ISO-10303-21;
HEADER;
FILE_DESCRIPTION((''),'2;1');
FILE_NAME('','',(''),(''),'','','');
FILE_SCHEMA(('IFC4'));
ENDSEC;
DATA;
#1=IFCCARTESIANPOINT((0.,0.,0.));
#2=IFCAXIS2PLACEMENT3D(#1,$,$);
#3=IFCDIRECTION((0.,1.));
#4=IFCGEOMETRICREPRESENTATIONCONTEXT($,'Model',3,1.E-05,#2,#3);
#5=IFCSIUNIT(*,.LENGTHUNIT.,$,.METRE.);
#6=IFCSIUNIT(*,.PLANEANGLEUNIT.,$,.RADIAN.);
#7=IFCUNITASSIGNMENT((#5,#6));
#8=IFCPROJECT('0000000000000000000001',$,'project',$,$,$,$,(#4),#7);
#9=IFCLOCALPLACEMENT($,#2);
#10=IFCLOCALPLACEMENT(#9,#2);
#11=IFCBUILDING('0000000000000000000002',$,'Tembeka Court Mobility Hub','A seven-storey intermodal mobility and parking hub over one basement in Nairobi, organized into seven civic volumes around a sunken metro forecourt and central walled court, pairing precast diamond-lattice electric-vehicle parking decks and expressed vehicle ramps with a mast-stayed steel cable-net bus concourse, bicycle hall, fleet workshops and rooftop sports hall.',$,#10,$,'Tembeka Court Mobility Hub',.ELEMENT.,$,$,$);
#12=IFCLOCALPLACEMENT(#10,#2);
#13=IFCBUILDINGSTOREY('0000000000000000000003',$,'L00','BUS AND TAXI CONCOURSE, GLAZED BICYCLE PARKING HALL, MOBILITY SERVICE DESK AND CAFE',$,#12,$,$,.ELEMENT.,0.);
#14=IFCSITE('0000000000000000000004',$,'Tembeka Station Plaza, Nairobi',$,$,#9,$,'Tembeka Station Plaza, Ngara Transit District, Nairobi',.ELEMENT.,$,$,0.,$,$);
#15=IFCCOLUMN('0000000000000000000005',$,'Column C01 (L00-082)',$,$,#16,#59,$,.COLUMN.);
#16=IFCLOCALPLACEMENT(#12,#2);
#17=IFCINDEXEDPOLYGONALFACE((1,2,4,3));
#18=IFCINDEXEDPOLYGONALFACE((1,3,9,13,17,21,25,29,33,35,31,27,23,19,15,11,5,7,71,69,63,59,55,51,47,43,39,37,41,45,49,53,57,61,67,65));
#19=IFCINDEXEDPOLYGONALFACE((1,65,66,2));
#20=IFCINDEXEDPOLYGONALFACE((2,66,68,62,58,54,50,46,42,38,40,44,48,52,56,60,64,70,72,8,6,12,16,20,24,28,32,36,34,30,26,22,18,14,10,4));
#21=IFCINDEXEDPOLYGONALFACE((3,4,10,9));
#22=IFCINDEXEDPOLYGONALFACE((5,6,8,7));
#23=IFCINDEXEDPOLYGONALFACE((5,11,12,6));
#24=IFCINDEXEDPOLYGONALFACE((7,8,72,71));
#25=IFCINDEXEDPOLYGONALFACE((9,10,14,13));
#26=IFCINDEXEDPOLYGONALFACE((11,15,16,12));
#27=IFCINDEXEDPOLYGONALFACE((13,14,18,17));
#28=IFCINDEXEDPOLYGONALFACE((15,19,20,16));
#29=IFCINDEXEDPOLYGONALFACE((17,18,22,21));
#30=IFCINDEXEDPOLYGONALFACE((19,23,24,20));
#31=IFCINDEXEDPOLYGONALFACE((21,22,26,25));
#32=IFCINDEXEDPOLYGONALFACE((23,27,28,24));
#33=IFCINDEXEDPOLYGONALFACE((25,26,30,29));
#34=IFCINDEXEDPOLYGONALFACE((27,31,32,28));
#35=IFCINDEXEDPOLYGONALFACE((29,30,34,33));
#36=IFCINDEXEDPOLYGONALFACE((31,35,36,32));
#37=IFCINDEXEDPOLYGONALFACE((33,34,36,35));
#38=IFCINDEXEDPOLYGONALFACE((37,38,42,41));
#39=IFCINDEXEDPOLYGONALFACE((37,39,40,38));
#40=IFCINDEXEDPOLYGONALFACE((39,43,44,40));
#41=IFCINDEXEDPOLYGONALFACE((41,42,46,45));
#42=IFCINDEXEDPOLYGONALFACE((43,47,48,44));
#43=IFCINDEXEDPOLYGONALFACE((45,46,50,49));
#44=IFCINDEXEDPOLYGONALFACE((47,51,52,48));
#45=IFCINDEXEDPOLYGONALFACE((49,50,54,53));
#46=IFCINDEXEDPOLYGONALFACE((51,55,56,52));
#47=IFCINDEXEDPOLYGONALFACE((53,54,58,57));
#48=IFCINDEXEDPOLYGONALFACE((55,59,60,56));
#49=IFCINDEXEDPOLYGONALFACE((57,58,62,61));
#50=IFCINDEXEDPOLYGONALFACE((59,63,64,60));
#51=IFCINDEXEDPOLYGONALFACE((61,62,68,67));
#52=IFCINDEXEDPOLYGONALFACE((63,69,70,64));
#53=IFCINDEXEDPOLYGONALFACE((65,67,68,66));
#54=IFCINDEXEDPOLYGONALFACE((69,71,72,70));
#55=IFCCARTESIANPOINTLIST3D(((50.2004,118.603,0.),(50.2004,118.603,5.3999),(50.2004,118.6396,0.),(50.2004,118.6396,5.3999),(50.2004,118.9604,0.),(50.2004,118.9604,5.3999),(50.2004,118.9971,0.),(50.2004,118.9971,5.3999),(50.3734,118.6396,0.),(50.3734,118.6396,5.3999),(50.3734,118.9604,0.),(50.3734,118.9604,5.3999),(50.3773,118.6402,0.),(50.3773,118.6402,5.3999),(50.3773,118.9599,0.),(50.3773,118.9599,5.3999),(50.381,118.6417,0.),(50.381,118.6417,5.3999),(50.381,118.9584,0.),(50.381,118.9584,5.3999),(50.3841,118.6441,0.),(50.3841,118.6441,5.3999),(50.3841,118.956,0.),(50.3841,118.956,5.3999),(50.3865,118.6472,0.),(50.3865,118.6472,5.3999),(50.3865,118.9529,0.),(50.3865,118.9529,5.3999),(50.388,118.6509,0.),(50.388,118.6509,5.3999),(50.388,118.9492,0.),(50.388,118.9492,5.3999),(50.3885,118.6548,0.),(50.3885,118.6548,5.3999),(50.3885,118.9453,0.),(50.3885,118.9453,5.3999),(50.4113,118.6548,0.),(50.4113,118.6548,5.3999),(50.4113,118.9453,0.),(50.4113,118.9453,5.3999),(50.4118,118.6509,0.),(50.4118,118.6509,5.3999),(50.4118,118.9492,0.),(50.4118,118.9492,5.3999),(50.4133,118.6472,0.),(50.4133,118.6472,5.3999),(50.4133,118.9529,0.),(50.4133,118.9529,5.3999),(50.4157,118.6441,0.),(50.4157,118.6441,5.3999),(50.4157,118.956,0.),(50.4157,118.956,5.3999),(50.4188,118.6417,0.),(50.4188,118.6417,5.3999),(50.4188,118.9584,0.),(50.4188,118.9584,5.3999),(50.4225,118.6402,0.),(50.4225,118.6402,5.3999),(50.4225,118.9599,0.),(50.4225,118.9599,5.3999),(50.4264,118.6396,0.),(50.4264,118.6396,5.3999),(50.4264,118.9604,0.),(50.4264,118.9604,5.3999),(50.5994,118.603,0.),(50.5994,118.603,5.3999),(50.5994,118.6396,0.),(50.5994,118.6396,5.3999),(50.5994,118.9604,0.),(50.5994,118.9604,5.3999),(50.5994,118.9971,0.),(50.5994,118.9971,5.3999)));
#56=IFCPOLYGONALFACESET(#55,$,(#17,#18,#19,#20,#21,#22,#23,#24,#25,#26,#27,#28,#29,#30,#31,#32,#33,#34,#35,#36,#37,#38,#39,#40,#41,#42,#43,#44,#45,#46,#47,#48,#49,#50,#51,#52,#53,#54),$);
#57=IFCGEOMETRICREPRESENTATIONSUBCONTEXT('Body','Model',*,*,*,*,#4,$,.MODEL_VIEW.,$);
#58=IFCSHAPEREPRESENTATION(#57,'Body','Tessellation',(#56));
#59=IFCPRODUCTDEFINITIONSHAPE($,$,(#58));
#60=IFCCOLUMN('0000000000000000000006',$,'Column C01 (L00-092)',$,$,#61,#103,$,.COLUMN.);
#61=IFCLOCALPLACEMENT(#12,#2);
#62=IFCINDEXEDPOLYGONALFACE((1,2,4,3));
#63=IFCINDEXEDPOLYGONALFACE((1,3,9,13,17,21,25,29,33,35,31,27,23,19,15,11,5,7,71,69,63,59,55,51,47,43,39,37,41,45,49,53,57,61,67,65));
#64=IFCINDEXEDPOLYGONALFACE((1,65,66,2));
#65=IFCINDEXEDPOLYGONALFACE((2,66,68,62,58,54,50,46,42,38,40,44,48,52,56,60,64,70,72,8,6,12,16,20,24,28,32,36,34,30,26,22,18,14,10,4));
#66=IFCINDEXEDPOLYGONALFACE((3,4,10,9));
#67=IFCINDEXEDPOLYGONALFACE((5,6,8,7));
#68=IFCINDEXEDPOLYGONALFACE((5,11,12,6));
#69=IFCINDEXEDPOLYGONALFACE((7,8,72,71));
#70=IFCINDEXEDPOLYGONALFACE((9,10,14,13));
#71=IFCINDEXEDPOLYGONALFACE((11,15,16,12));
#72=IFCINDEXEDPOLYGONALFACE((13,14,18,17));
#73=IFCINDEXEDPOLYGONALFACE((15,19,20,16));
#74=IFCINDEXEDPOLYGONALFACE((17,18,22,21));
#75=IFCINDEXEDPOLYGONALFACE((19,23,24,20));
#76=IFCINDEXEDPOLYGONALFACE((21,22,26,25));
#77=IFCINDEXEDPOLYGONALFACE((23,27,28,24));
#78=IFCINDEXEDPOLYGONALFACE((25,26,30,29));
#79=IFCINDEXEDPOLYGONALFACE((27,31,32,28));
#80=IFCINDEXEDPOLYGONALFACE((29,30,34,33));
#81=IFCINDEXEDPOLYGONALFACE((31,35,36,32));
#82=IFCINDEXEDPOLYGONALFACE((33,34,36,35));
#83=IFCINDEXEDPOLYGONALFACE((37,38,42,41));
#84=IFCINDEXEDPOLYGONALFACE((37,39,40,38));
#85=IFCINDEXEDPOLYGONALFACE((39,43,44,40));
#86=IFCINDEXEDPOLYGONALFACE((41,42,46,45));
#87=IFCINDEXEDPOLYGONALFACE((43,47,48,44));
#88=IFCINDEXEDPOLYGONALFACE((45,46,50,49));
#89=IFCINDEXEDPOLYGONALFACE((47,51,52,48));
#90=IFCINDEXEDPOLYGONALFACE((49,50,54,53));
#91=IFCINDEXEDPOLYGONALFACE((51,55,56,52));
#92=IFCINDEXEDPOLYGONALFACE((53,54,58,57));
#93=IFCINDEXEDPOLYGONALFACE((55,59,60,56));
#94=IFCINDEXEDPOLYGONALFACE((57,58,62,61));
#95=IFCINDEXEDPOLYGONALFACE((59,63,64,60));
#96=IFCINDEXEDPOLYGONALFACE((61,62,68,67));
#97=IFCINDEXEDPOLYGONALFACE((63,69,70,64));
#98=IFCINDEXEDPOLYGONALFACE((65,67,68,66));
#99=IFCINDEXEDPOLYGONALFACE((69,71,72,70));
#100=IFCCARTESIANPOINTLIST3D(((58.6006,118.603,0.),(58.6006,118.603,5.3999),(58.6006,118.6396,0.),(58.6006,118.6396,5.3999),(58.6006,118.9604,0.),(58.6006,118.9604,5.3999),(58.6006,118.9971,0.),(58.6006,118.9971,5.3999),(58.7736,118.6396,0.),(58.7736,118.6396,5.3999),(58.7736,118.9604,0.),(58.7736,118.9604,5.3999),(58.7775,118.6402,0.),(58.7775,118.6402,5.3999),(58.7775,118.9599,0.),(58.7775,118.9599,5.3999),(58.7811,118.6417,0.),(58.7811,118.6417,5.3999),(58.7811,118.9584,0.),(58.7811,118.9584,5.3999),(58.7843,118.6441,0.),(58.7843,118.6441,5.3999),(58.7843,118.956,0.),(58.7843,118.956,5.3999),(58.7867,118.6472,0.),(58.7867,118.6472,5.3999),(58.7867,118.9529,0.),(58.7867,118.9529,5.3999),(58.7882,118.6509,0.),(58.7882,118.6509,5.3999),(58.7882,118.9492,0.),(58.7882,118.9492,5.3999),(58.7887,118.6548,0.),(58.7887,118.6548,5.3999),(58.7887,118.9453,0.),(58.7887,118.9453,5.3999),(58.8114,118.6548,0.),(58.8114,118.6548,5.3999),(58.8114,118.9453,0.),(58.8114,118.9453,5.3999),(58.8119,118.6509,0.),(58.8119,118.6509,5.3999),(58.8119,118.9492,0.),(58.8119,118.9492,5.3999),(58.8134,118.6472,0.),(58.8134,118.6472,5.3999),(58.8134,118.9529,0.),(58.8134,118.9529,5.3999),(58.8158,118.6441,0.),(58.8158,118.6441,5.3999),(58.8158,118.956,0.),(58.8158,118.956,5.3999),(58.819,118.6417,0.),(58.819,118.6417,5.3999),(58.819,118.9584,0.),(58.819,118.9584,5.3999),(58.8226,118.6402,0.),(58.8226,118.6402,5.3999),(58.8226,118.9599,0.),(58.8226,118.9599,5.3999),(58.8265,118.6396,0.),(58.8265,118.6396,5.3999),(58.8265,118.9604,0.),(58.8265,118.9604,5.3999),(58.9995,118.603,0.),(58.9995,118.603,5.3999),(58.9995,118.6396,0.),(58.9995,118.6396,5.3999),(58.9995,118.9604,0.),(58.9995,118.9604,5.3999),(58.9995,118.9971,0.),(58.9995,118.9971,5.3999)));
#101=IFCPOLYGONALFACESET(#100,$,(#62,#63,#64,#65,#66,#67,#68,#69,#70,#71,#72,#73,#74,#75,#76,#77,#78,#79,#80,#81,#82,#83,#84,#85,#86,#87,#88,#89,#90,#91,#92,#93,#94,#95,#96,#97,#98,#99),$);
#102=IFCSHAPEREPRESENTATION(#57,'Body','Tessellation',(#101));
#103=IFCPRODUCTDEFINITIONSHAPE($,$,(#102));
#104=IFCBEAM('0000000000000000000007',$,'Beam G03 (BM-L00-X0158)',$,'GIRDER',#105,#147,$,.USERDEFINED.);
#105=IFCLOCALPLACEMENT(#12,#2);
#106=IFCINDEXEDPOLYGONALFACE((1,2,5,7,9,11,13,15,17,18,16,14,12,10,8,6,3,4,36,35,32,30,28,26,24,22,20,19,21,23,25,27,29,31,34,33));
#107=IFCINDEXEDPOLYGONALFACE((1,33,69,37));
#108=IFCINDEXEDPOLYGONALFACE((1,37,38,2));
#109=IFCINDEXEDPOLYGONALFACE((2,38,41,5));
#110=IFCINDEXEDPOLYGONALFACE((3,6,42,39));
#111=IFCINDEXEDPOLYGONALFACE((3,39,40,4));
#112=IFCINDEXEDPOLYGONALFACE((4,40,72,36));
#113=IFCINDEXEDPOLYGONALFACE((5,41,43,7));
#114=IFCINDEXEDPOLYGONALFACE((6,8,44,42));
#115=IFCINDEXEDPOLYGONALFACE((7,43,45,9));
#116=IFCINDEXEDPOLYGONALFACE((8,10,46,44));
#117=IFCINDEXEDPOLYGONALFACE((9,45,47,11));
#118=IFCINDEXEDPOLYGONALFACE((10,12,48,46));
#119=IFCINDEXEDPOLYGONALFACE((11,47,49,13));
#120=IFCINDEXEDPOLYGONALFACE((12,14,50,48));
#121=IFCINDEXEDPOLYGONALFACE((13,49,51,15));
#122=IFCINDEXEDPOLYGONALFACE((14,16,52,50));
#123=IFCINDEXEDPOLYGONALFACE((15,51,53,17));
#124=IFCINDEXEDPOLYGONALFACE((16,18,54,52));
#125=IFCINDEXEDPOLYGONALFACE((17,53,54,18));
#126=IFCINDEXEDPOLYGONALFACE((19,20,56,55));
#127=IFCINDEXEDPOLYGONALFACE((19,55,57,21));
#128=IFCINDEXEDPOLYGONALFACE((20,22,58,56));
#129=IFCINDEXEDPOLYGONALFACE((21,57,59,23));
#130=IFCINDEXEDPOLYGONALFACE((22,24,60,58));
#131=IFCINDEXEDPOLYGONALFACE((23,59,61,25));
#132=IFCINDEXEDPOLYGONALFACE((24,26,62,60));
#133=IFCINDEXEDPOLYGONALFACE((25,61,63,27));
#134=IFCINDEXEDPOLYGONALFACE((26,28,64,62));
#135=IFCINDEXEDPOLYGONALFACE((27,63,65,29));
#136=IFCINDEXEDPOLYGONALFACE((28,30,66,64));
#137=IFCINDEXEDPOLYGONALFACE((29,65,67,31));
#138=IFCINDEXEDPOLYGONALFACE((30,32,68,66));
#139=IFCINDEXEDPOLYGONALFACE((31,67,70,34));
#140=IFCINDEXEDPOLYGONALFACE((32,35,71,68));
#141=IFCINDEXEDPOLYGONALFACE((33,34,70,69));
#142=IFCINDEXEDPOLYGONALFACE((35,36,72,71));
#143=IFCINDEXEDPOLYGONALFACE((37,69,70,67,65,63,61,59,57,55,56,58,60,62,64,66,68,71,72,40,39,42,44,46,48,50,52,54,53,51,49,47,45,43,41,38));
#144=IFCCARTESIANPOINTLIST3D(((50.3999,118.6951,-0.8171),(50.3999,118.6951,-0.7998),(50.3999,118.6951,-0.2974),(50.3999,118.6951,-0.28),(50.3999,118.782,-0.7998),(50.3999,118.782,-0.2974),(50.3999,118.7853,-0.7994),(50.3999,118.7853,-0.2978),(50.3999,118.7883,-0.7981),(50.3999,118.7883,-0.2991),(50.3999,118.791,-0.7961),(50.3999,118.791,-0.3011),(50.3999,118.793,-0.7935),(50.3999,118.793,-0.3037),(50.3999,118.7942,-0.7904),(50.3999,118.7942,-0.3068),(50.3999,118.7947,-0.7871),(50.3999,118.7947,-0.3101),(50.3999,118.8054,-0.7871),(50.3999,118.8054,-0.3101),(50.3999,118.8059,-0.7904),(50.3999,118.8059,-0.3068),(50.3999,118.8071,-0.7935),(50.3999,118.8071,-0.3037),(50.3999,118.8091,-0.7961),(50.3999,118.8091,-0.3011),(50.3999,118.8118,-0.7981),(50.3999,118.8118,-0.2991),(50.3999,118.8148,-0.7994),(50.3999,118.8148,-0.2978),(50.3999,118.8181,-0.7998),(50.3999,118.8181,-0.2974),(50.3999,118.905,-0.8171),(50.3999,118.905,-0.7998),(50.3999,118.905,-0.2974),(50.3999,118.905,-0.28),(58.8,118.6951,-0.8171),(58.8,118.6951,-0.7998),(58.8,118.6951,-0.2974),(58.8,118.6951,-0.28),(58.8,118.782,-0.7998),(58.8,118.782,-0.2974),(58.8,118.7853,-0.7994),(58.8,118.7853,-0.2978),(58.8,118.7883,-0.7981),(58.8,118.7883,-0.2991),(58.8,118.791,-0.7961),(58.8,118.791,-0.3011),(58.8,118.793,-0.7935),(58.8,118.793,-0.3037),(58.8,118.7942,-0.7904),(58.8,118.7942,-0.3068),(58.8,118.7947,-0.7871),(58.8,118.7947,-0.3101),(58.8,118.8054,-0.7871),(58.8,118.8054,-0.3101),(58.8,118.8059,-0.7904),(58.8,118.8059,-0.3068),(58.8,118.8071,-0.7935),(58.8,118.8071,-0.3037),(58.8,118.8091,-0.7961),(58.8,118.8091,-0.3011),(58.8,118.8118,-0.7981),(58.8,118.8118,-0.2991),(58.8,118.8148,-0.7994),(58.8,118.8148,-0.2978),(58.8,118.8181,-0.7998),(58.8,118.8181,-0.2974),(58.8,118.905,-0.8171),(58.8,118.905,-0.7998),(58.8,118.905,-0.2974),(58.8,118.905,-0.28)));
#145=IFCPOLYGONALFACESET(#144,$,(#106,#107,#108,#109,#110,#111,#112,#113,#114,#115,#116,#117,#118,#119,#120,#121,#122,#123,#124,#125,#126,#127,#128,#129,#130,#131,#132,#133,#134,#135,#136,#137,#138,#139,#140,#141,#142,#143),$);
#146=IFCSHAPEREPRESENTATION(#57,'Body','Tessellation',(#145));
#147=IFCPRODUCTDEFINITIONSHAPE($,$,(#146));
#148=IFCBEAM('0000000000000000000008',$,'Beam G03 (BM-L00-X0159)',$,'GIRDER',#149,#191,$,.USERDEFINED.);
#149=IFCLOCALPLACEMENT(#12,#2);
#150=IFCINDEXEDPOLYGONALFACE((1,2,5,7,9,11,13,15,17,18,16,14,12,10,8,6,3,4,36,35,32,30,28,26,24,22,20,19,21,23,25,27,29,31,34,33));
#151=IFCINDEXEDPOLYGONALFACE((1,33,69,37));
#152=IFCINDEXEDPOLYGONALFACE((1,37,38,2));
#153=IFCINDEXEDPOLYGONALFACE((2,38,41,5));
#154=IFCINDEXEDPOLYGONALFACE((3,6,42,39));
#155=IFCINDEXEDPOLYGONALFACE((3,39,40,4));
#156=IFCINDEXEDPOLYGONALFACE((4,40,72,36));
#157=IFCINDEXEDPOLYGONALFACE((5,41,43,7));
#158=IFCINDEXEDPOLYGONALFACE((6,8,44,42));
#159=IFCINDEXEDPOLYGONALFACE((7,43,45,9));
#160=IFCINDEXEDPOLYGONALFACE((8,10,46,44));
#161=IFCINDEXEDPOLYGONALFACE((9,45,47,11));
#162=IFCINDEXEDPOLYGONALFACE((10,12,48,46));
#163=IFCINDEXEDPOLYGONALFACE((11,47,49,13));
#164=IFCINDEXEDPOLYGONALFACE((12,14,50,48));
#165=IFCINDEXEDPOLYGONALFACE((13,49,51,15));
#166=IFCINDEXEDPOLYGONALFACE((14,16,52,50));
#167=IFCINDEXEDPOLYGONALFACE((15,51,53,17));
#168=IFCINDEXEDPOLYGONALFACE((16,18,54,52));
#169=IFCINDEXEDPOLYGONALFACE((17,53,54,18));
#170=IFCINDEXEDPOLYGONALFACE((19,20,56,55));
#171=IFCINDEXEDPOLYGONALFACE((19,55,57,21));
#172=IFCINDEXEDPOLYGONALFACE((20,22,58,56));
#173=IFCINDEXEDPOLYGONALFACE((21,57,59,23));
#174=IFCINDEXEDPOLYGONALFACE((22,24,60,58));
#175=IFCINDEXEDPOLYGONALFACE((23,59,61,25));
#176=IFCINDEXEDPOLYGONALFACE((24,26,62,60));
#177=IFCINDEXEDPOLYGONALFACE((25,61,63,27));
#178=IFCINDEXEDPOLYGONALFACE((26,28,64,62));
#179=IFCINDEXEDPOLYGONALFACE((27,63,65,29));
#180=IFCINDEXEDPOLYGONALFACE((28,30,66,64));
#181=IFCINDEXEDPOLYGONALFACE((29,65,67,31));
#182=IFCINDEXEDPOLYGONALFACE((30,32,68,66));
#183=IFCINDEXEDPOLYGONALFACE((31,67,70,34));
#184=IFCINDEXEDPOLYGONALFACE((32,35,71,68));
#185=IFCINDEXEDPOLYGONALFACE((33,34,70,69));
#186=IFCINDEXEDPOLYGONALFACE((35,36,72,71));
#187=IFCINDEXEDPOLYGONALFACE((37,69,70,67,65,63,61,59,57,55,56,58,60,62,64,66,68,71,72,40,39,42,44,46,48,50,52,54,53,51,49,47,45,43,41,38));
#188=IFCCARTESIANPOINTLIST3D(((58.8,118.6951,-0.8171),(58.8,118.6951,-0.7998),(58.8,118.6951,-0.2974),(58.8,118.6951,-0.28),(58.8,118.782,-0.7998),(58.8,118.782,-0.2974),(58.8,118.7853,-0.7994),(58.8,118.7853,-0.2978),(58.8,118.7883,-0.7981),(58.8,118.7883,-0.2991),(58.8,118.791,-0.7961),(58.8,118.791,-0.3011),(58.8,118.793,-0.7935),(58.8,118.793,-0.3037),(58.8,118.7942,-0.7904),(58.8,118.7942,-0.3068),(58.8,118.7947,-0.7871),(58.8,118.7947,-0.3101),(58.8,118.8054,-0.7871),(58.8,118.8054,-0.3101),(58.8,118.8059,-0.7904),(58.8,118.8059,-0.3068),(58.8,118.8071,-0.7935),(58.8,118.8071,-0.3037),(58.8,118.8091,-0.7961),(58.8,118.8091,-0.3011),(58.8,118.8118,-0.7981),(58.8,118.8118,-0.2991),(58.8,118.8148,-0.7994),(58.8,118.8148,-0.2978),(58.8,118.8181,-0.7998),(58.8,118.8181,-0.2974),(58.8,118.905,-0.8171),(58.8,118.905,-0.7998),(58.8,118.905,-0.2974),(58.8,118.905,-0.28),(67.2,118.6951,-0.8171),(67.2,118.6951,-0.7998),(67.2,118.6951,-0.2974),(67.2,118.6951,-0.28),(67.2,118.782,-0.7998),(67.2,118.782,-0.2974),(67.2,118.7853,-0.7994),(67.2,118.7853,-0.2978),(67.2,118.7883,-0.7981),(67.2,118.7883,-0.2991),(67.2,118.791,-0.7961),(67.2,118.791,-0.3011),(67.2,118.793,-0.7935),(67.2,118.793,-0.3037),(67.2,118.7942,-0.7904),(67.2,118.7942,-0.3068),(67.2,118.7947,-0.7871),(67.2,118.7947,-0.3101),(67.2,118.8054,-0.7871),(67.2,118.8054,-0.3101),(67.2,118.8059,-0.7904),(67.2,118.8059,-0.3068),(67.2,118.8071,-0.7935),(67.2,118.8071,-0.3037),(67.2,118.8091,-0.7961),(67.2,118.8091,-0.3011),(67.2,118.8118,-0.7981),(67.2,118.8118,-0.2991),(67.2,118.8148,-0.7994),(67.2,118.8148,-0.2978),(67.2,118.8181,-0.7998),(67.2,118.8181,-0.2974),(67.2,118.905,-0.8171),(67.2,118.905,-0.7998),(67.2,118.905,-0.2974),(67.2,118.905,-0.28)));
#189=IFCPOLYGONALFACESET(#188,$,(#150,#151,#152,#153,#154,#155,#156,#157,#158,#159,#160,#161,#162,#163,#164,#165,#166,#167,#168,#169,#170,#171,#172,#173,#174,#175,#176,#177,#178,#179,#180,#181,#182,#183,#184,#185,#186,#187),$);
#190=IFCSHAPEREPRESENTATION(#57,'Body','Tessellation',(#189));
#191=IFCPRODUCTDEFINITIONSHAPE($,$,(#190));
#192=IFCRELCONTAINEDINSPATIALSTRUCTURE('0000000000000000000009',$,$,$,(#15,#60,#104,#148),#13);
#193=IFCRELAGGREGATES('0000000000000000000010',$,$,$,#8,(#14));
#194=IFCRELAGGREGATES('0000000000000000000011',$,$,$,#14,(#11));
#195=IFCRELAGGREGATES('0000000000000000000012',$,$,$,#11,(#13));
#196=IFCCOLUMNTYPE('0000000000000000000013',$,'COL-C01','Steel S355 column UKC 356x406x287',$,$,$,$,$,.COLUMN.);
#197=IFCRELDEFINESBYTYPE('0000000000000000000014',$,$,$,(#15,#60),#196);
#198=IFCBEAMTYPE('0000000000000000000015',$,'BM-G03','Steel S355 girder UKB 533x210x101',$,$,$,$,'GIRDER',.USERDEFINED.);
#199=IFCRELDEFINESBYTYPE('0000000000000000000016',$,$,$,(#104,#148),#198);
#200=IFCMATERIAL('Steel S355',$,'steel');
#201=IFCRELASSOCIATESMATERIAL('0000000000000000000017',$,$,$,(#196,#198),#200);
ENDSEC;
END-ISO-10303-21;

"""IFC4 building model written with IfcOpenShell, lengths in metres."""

from ifc_helpers import new_model, si_unit, direction, frame, origin, origin_2d, place, context, subcontext, project, spatial, i_section, extrude, material, material_profile, profile_set, type_object, element, save


model = new_model("IFC4")

# Units and contexts
model_context = context("Model", 3, precision=1e-05, world=origin(), true_north=direction((0.0, 1.0)))
body_context = subcontext(model_context, "Body", "Model", "MODEL_VIEW")
ifc_project = project(units=[si_unit("LENGTHUNIT", "METRE"), si_unit("PLANEANGLEUNIT", "RADIAN")], contexts=[model_context])

# Site, building, storey
site_placement = place(None, origin())
site = spatial("IfcSite", under=ifc_project, at=site_placement, Name="Tembeka Station Plaza, Nairobi", LongName="Tembeka Station Plaza, Ngara Transit District, Nairobi", CompositionType="ELEMENT", RefElevation=0.0)
building_placement = place(site_placement, origin())
building = spatial("IfcBuilding", under=site, at=building_placement, Name="Tembeka Court Mobility Hub", Description="A seven-storey intermodal mobility and parking hub over one basement in Nairobi, organized into seven civic volumes around a sunken metro forecourt and central walled court, pairing precast diamond-lattice electric-vehicle parking decks and expressed vehicle ramps with a mast-stayed steel cable-net bus concourse, bicycle hall, fleet workshops and rooftop sports hall.", LongName="Tembeka Court Mobility Hub", CompositionType="ELEMENT")
storey_placement = place(building_placement, origin())
storey = spatial("IfcBuildingStorey", under=building, at=storey_placement, Name="L00", Description="BUS AND TAXI CONCOURSE, GLAZED BICYCLE PARKING HALL, MOBILITY SERVICE DESK AND CAFE", CompositionType="ELEMENT", Elevation=0.0)

# Columns
ifc_material_1 = material(Name="Steel S355", Category="steel")
ifc_material_profile_1 = material_profile(ifc_material_1, i_section(OverallWidth=0.3989, OverallDepth=0.394, WebThickness=0.0227, FlangeThickness=0.0366, FilletRadius=0.0151, at=origin_2d()), Name="UKC 356x406x287")
ifc_profile_set_1 = profile_set([ifc_material_profile_1], Name="Steel S355")
column_type = type_object("IfcColumnType", Name="COL-C01", Description="Steel S355 column UKC 356x406x287", PredefinedType="COLUMN", material=ifc_profile_set_1)
for number, where, z_axis, x_axis, name in (
    (1, (50.3999, 118.8, 0.0), (0.0, 0.0, 1.0), (1.0, 0.0, 0.0), "Column C01 (L00-082)"),
    (2, (58.8, 118.8, 0.0), (0.0, 0.0, 1.0), (1.0, 0.0, 0.0), "Column C01 (L00-092)"),
):
    element("IfcColumn", number, at=place(storey_placement, frame(where, z_axis=z_axis, x_axis=x_axis)), inside=storey, type_object=column_type, Name=name, PredefinedType="COLUMN", context=body_context, shape_type="SweptSolid", body=[
        extrude(i_section(OverallWidth=0.3989, OverallDepth=0.394, WebThickness=0.0227, FlangeThickness=0.0366, FilletRadius=0.0151, at=origin_2d()), origin(), (0.0, 0.0, 1.0), 5.3999),
    ])

# Beams
ifc_material_profile_2 = material_profile(ifc_material_1, i_section(OverallWidth=0.21, OverallDepth=0.5371, WebThickness=0.0107, FlangeThickness=0.0173, FilletRadius=0.0127, at=origin_2d()), Name="UKB 533x210x101")
ifc_profile_set_2 = profile_set([ifc_material_profile_2], Name="Steel S355")
beam_type = type_object("IfcBeamType", Name="BM-G03", Description="Steel S355 girder UKB 533x210x101", ElementType="GIRDER", PredefinedType="USERDEFINED", material=ifc_profile_set_2)
beam_1_placement = place(storey_placement, frame((50.3999, 118.8, -0.5486), z_axis=(1.0, 0.0, 0.0), x_axis=(0.0, 1.0, 0.0)))
element("IfcBeam", 3, at=beam_1_placement, inside=storey, type_object=beam_type, Name="Beam G03 (BM-L00-X0158)", ObjectType="GIRDER", PredefinedType="USERDEFINED", context=body_context, shape_type="SweptSolid", body=[
    extrude(i_section(OverallWidth=0.21, OverallDepth=0.5371, WebThickness=0.0107, FlangeThickness=0.0173, FilletRadius=0.0127, at=origin_2d()), origin(), (0.0, 0.0, 1.0), 8.4001),
])
beam_2_placement = place(storey_placement, frame((58.8, 118.8, -0.5486), z_axis=(1.0, 0.0, 0.0), x_axis=(0.0, 1.0, 0.0)))
element("IfcBeam", 4, at=beam_2_placement, inside=storey, type_object=beam_type, Name="Beam G03 (BM-L00-X0159)", ObjectType="GIRDER", PredefinedType="USERDEFINED", context=body_context, shape_type="SweptSolid", body=[
    extrude(i_section(OverallWidth=0.21, OverallDepth=0.5371, WebThickness=0.0107, FlangeThickness=0.0173, FilletRadius=0.0127, at=origin_2d()), origin(), (0.0, 0.0, 1.0), 8.3999),
])

save(model, "model.ifc")
